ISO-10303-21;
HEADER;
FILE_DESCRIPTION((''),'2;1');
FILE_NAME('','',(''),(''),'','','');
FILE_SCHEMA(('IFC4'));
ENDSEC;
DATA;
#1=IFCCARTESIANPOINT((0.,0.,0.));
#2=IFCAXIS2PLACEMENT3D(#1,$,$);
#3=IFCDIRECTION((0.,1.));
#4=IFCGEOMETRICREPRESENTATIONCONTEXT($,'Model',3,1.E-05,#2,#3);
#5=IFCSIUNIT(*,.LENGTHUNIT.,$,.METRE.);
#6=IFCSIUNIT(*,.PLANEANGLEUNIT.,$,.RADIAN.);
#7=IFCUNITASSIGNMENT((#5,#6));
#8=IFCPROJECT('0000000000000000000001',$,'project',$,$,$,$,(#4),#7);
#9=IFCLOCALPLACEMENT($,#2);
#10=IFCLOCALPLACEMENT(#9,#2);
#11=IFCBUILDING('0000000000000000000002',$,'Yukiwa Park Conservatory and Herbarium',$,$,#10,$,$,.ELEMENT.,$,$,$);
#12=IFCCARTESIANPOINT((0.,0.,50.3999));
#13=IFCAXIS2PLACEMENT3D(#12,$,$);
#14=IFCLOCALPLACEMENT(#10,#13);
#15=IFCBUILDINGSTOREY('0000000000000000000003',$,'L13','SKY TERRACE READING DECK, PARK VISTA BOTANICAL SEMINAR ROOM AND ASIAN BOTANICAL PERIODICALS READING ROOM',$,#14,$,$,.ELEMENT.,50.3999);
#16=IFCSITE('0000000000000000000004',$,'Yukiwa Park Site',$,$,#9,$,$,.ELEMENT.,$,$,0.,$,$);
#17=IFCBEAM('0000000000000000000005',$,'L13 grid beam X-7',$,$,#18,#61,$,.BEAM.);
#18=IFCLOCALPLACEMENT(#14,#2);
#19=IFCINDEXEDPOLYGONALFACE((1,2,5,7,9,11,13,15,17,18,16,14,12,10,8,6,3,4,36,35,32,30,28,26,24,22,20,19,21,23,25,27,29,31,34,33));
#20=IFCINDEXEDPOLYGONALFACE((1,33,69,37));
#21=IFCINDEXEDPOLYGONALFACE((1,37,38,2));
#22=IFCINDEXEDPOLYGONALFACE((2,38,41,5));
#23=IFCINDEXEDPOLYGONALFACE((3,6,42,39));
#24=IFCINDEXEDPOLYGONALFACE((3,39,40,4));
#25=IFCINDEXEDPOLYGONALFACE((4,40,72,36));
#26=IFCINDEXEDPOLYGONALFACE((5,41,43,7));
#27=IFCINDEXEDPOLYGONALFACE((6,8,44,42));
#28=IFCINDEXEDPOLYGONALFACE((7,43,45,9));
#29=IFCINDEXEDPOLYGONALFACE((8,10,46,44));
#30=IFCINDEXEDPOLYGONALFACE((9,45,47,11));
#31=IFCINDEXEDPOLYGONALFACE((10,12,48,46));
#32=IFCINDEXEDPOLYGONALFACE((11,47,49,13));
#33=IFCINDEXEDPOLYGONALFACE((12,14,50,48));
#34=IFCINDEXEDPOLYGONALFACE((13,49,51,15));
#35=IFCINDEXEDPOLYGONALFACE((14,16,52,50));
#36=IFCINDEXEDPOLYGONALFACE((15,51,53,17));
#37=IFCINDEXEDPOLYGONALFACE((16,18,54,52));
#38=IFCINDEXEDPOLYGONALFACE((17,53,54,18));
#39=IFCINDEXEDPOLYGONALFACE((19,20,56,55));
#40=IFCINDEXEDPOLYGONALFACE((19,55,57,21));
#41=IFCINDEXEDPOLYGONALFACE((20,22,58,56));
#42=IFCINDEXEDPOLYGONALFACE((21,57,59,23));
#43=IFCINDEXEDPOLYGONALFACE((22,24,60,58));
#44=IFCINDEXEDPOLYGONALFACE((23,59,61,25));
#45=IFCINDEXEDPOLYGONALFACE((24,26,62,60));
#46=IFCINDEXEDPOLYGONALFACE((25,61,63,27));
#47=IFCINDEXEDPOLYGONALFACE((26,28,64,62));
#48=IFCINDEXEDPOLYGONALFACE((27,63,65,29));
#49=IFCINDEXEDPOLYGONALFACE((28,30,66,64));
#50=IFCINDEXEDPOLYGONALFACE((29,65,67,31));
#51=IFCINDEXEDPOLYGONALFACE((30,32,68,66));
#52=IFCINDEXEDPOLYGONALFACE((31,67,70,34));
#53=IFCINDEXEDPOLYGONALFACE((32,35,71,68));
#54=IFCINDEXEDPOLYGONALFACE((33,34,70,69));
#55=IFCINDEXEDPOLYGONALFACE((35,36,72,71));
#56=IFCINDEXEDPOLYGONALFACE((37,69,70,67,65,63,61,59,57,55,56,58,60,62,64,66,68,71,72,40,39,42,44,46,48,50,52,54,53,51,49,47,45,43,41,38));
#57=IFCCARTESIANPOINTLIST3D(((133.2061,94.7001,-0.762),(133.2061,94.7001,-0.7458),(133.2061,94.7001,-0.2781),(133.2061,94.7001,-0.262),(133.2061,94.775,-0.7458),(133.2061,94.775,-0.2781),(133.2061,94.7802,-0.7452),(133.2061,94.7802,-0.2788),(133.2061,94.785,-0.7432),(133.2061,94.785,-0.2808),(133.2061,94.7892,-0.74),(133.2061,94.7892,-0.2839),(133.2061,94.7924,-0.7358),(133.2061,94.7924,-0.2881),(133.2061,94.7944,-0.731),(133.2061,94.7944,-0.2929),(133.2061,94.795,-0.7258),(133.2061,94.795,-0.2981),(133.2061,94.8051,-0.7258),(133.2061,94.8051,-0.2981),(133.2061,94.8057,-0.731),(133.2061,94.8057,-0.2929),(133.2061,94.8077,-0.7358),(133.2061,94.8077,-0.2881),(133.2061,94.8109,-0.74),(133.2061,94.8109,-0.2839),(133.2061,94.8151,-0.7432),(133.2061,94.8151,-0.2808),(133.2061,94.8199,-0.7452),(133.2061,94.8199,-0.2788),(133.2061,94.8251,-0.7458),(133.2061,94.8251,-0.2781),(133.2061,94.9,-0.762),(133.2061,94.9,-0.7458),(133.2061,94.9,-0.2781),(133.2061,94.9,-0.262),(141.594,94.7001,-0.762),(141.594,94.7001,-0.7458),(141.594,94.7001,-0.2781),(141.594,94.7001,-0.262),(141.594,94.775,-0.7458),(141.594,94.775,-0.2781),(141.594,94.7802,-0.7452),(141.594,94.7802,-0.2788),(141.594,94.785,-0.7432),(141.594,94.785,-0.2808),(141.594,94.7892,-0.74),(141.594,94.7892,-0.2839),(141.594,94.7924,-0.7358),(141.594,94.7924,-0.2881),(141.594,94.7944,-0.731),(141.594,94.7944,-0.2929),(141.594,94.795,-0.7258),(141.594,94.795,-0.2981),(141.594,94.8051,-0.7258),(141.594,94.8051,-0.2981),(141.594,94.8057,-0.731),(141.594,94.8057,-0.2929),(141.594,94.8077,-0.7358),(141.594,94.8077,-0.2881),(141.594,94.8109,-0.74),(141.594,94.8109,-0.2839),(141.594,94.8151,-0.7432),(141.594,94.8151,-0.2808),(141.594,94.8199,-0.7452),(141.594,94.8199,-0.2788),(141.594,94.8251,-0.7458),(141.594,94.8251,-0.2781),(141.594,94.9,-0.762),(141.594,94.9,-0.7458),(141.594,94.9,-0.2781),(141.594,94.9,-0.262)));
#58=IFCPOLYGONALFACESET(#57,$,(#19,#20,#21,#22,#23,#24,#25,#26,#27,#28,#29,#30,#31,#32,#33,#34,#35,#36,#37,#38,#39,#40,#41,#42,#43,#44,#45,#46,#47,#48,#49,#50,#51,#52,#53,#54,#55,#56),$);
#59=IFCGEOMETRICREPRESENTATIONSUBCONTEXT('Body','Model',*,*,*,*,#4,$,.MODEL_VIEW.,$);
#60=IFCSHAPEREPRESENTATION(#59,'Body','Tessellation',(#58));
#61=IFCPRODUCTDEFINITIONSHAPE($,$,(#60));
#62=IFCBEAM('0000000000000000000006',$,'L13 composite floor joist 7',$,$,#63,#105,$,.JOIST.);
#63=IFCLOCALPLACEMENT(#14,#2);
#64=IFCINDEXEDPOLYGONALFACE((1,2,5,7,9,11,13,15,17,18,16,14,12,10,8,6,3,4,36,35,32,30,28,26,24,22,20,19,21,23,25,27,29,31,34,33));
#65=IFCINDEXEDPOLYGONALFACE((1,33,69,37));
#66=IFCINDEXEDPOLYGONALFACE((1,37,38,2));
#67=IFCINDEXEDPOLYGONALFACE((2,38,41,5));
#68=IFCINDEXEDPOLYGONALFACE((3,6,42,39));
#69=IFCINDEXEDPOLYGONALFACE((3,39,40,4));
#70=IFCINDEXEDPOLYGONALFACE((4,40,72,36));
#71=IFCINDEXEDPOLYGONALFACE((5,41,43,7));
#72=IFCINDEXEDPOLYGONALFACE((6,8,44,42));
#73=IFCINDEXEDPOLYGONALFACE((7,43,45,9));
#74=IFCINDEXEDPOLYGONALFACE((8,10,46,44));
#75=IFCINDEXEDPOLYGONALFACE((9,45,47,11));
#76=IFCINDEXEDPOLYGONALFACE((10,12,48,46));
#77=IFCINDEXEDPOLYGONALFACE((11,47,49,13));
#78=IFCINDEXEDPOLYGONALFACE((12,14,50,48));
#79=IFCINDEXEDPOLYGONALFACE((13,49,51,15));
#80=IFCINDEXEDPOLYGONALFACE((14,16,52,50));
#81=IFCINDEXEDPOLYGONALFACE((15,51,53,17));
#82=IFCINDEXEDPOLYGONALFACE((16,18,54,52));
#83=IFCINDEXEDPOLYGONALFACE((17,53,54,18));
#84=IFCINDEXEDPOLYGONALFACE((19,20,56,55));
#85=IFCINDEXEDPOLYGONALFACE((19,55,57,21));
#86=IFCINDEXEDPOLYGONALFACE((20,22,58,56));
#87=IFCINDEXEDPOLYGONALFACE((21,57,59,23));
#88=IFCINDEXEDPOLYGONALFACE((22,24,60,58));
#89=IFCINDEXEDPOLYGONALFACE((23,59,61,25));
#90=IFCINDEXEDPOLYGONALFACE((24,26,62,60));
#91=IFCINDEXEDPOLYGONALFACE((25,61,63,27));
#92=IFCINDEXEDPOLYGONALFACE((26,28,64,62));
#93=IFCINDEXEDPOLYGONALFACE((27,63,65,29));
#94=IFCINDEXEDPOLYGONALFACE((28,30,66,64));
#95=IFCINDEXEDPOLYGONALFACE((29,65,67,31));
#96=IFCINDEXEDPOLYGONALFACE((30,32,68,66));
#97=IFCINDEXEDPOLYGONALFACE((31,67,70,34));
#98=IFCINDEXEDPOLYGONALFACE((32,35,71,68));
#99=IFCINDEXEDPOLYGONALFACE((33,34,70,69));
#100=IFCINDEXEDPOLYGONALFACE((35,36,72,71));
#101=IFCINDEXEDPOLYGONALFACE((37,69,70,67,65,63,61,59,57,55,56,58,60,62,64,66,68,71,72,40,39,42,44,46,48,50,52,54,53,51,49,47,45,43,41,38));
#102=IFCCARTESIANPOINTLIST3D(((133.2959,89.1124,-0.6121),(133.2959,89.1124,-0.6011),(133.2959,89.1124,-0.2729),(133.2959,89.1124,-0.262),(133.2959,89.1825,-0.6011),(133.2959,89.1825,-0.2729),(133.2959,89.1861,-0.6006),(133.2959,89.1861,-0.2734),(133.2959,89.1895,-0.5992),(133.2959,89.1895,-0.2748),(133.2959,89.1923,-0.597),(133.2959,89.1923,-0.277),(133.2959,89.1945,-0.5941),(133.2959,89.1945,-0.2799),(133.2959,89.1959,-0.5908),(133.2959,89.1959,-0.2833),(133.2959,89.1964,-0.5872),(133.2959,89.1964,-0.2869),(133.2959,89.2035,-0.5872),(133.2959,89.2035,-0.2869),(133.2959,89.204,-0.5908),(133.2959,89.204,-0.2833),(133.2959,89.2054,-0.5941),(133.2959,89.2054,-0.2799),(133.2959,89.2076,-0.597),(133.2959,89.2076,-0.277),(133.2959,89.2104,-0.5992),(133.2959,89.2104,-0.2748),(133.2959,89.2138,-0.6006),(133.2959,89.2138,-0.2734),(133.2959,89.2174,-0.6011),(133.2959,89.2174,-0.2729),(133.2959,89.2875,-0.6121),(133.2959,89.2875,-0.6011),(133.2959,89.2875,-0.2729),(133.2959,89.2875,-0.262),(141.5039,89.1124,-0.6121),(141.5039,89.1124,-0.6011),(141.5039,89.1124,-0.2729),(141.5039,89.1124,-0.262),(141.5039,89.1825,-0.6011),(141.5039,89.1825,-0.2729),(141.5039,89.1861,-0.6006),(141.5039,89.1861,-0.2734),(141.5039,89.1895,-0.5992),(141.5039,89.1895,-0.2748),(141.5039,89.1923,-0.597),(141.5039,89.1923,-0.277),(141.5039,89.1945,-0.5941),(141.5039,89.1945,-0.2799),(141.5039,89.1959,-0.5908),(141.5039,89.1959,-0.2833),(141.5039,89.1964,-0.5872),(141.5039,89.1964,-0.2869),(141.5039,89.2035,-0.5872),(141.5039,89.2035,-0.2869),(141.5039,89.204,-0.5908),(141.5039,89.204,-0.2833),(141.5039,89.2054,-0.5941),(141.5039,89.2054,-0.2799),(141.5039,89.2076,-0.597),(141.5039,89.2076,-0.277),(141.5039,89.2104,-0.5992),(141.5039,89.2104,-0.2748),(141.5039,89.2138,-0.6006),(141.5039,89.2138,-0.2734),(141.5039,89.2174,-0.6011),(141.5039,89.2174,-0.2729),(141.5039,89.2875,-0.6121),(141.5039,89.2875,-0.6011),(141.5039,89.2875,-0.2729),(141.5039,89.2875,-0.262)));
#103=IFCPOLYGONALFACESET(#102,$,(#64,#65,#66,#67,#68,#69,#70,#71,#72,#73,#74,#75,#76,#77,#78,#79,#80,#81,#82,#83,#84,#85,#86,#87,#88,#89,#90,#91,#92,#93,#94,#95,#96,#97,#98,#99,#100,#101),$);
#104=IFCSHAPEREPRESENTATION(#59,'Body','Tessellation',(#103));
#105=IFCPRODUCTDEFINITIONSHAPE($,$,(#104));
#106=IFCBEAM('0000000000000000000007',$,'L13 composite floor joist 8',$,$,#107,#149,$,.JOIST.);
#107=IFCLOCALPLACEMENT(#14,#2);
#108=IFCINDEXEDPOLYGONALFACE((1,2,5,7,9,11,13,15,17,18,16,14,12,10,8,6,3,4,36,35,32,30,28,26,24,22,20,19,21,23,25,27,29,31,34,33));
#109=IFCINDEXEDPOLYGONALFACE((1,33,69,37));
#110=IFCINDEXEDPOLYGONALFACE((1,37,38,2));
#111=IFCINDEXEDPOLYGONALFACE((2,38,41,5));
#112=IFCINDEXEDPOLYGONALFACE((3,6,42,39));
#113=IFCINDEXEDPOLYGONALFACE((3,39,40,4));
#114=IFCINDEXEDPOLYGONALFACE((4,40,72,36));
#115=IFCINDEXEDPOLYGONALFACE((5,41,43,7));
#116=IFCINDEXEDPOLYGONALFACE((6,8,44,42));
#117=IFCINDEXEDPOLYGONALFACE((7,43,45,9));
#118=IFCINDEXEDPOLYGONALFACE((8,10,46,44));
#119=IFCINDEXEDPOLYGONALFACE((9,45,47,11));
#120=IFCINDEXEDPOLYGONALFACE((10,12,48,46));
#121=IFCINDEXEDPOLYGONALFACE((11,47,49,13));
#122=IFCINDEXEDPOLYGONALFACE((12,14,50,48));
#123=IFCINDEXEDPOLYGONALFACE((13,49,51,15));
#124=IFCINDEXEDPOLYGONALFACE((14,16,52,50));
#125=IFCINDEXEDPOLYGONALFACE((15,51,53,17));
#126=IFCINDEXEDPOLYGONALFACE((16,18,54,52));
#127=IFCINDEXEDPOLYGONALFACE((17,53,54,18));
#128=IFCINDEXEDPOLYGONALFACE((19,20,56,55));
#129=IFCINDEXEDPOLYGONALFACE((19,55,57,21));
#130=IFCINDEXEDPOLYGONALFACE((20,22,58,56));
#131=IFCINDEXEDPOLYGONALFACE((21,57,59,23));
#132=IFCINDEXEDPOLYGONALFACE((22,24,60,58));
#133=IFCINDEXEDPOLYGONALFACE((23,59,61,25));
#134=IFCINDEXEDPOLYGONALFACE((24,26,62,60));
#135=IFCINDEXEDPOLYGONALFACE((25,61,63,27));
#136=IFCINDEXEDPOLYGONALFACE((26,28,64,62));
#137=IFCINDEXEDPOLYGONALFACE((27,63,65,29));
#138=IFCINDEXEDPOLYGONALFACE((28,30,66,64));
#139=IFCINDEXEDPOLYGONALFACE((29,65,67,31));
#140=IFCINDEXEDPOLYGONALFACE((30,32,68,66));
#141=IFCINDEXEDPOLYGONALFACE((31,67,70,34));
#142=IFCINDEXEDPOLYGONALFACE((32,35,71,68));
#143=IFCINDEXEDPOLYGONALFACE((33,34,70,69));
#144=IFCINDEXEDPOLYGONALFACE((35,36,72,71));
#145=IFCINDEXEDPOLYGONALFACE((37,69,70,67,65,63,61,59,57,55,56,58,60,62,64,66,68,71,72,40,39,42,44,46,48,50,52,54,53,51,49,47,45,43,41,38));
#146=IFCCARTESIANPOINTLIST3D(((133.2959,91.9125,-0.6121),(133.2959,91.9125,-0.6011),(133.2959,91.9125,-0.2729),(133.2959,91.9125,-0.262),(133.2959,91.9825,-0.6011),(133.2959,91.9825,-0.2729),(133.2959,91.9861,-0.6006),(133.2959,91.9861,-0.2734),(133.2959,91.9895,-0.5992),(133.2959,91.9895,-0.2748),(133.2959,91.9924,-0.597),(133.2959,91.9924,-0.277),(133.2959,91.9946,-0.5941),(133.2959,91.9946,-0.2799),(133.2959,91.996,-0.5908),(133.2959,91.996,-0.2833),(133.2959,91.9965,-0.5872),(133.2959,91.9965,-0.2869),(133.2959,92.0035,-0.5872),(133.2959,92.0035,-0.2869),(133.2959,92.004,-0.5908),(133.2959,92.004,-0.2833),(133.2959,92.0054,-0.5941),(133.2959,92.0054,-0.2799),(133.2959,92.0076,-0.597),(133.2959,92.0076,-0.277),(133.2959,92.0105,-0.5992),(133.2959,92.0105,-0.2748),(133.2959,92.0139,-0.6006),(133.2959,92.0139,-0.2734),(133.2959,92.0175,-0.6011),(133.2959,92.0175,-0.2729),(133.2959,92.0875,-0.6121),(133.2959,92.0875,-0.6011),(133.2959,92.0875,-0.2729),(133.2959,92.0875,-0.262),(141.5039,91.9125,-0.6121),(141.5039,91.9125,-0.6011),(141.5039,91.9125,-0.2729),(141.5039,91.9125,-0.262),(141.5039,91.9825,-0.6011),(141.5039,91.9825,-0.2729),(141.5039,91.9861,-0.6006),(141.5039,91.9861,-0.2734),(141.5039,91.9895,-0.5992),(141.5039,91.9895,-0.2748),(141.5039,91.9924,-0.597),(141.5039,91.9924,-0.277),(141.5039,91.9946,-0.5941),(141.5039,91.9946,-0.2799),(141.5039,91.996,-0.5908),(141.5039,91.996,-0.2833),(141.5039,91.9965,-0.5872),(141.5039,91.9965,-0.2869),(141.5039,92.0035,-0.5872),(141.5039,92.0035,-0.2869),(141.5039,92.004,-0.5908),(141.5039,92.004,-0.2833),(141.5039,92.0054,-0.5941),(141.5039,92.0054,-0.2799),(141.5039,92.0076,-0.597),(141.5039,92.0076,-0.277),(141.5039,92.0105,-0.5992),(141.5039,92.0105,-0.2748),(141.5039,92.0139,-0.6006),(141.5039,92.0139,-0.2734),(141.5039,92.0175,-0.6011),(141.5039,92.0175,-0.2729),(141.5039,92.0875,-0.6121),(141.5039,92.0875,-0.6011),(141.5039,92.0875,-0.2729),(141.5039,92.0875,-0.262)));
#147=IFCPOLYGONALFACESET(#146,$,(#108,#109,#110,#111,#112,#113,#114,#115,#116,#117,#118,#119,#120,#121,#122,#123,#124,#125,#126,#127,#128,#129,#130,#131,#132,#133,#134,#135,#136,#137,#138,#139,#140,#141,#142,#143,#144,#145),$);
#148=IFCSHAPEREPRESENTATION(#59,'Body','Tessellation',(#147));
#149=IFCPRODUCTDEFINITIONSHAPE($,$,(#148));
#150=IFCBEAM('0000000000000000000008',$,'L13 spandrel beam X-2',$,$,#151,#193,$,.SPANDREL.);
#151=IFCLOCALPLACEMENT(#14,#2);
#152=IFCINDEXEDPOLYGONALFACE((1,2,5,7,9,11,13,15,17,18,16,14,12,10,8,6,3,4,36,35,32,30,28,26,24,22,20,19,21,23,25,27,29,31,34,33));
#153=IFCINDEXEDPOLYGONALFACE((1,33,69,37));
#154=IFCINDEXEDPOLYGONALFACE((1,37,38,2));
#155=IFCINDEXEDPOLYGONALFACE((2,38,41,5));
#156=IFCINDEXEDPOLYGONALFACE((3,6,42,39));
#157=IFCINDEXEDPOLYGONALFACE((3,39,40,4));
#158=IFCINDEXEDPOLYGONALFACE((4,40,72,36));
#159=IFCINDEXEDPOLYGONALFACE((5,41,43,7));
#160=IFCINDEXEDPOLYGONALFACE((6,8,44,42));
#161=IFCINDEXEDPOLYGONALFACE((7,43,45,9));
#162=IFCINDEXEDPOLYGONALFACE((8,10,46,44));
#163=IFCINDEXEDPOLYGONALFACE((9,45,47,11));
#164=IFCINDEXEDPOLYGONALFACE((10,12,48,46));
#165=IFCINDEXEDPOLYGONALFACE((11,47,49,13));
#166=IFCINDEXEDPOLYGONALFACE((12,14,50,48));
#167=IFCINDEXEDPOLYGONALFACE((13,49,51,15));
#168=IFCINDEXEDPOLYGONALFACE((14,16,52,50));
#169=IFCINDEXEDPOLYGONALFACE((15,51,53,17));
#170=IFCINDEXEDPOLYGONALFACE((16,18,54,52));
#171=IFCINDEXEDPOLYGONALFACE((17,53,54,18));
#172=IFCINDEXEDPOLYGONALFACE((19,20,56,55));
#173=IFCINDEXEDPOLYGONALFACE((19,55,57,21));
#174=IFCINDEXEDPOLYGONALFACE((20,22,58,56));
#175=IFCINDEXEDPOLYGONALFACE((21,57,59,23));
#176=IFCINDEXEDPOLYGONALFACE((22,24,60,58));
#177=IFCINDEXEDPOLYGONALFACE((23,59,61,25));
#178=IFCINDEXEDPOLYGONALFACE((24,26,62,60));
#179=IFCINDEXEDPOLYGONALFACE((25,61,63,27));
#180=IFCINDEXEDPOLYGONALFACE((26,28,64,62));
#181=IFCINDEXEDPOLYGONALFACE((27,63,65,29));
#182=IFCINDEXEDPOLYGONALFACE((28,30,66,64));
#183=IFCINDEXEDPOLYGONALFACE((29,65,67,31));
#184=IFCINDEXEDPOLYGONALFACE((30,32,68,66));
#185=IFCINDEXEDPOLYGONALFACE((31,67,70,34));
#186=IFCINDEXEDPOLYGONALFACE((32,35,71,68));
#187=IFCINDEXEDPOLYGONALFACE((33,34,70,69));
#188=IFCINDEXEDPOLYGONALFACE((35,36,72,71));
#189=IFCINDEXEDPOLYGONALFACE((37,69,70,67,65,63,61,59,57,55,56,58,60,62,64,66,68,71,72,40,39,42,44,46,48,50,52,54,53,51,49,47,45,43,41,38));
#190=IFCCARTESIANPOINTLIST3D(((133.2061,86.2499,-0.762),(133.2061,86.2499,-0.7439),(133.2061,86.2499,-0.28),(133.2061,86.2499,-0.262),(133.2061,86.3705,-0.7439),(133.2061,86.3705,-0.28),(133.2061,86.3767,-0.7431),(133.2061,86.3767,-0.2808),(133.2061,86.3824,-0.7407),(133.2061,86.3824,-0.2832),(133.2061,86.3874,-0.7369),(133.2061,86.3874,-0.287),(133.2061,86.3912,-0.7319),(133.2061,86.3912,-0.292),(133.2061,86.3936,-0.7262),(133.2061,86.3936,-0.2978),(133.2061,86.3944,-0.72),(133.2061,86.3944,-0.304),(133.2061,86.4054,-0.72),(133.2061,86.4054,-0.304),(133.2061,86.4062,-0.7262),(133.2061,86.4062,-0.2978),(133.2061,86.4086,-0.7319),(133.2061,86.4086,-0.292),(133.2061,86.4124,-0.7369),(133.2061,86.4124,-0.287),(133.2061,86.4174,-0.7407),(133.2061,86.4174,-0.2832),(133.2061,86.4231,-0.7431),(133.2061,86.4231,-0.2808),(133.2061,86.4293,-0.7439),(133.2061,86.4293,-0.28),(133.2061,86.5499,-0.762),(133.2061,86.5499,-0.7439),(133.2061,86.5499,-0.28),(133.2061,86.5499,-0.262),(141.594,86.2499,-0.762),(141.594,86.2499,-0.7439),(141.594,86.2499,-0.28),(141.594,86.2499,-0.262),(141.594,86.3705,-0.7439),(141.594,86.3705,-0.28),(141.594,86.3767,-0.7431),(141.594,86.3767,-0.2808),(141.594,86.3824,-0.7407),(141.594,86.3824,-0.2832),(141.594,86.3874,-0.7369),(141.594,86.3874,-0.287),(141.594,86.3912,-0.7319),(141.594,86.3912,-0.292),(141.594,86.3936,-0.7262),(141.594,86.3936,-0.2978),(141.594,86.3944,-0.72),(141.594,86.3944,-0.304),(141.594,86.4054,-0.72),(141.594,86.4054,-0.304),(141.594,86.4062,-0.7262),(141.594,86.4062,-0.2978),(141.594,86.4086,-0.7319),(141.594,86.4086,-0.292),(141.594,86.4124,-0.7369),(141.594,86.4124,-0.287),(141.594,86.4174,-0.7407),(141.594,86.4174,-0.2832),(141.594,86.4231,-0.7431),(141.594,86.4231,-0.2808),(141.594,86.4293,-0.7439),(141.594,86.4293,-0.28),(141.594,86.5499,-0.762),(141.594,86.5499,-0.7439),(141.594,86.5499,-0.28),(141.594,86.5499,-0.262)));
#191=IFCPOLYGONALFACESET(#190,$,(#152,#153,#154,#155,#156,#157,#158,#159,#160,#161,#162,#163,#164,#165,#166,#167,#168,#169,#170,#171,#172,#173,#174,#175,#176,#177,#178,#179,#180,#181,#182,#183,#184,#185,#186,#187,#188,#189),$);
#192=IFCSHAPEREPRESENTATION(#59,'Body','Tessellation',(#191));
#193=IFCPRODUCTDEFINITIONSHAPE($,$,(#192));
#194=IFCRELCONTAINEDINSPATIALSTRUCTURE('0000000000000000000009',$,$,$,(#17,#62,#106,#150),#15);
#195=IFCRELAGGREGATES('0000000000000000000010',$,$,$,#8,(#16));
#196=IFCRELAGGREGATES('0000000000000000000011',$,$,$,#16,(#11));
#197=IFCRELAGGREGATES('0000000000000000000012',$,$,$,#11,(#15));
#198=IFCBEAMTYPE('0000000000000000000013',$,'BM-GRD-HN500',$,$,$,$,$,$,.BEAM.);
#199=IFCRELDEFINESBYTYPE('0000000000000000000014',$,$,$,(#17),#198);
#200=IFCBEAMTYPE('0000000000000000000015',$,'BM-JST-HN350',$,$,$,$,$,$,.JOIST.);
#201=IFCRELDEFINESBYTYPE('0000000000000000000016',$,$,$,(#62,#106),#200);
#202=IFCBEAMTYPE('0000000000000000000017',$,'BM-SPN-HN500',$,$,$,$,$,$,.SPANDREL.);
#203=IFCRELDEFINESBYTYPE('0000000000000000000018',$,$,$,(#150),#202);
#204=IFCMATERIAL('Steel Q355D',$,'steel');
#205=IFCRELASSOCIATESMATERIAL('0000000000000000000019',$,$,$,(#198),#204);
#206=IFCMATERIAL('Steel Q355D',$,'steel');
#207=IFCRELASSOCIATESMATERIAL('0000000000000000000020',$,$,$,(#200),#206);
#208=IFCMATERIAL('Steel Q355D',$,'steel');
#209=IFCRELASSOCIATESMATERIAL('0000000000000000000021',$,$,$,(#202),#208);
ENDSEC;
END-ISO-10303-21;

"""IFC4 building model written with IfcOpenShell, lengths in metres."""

from ifc_helpers import new_model, si_unit, direction, frame, origin, origin_2d, place, context, subcontext, project, spatial, i_section, extrude, material, material_profile, profile_set, type_object, element, save


model = new_model("IFC4")

# Units and contexts
model_context = context("Model", 3, precision=1e-05, world=origin(), true_north=direction((0.0, 1.0)))
body_context = subcontext(model_context, "Body", "Model", "MODEL_VIEW")
ifc_project = project(units=[si_unit("LENGTHUNIT", "METRE"), si_unit("PLANEANGLEUNIT", "RADIAN")], contexts=[model_context])

# Site, building, storey
site_placement = place(None, origin())
site = spatial("IfcSite", under=ifc_project, at=site_placement, Name="Yukiwa Park Site", CompositionType="ELEMENT", RefElevation=0.0)
building_placement = place(site_placement, origin())
building = spatial("IfcBuilding", under=site, at=building_placement, Name="Yukiwa Park Conservatory and Herbarium", CompositionType="ELEMENT")
storey_placement = place(building_placement, frame((0.0, 0.0, 50.3999)))
storey = spatial("IfcBuildingStorey", under=building, at=storey_placement, Name="L13", Description="SKY TERRACE READING DECK, PARK VISTA BOTANICAL SEMINAR ROOM AND ASIAN BOTANICAL PERIODICALS READING ROOM", CompositionType="ELEMENT", Elevation=50.3999)

# Beams
ifc_material_1 = material(Name="Steel Q355D", Category="steel")
ifc_material_profile_1 = material_profile(ifc_material_1, i_section(OverallWidth=0.2, OverallDepth=0.5, WebThickness=0.01, FlangeThickness=0.0161, FilletRadius=0.02, at=origin_2d()), Name="HN 500x200x10x16")
ifc_profile_set_1 = profile_set([ifc_material_profile_1], Name="Steel Q355D")
beam_type_1 = type_object("IfcBeamType", Name="BM-GRD-HN500", PredefinedType="BEAM", material=ifc_profile_set_1)
beam_1_placement = place(storey_placement, frame((133.2061, 94.8, -0.512), z_axis=(1.0, 0.0, 0.0), x_axis=(0.0, 1.0, 0.0)))
element("IfcBeam", 1, at=beam_1_placement, inside=storey, type_object=beam_type_1, Name="L13 grid beam X-7", PredefinedType="BEAM", context=body_context, shape_type="SweptSolid", body=[
    extrude(i_section(OverallWidth=0.2, OverallDepth=0.5, WebThickness=0.01, FlangeThickness=0.0161, FilletRadius=0.02, at=origin_2d()), origin(), (0.0, 0.0, 1.0), 8.3879),
])
ifc_material_2 = material(Name="Steel Q355D", Category="steel")
ifc_material_profile_2 = material_profile(ifc_material_2, i_section(OverallWidth=0.175, OverallDepth=0.3501, WebThickness=0.0071, FlangeThickness=0.011, FilletRadius=0.0139, at=origin_2d()), Name="HN 350x175x7x11")
ifc_profile_set_2 = profile_set([ifc_material_profile_2], Name="Steel Q355D")
beam_type_2 = type_object("IfcBeamType", Name="BM-JST-HN350", PredefinedType="JOIST", material=ifc_profile_set_2)
for number, where, z_axis, x_axis, name in (
    (2, (133.2959, 89.2, -0.437), (1.0, 0.0, 0.0), (0.0, 1.0, 0.0), "L13 composite floor joist 7"),
    (3, (133.2959, 92.0, -0.437), (1.0, 0.0, 0.0), (0.0, 1.0, 0.0), "L13 composite floor joist 8"),
):
    element("IfcBeam", number, at=place(storey_placement, frame(where, z_axis=z_axis, x_axis=x_axis)), inside=storey, type_object=beam_type_2, Name=name, PredefinedType="JOIST", context=body_context, shape_type="SweptSolid", body=[
        extrude(i_section(OverallWidth=0.175, OverallDepth=0.3501, WebThickness=0.0071, FlangeThickness=0.011, FilletRadius=0.0139, at=origin_2d()), origin(), (0.0, 0.0, 1.0), 8.208),
    ])
ifc_material_3 = material(Name="Steel Q355D", Category="steel")
ifc_material_profile_3 = material_profile(ifc_material_3, i_section(OverallWidth=0.3, OverallDepth=0.5, WebThickness=0.011, FlangeThickness=0.0181, FilletRadius=0.0239, at=origin_2d()), Name="HM 500x300x11x18")
ifc_profile_set_3 = profile_set([ifc_material_profile_3], Name="Steel Q355D")
beam_type_3 = type_object("IfcBeamType", Name="BM-SPN-HN500", PredefinedType="SPANDREL", material=ifc_profile_set_3)
beam_2_placement = place(storey_placement, frame((133.2061, 86.3999, -0.512), z_axis=(1.0, 0.0, 0.0), x_axis=(0.0, 1.0, 0.0)))
element("IfcBeam", 4, at=beam_2_placement, inside=storey, type_object=beam_type_3, Name="L13 spandrel beam X-2", PredefinedType="SPANDREL", context=body_context, shape_type="SweptSolid", body=[
    extrude(i_section(OverallWidth=0.3, OverallDepth=0.5, WebThickness=0.011, FlangeThickness=0.0181, FilletRadius=0.0239, at=origin_2d()), origin(), (0.0, 0.0, 1.0), 8.3879),
])

save(model, "model.ifc")
